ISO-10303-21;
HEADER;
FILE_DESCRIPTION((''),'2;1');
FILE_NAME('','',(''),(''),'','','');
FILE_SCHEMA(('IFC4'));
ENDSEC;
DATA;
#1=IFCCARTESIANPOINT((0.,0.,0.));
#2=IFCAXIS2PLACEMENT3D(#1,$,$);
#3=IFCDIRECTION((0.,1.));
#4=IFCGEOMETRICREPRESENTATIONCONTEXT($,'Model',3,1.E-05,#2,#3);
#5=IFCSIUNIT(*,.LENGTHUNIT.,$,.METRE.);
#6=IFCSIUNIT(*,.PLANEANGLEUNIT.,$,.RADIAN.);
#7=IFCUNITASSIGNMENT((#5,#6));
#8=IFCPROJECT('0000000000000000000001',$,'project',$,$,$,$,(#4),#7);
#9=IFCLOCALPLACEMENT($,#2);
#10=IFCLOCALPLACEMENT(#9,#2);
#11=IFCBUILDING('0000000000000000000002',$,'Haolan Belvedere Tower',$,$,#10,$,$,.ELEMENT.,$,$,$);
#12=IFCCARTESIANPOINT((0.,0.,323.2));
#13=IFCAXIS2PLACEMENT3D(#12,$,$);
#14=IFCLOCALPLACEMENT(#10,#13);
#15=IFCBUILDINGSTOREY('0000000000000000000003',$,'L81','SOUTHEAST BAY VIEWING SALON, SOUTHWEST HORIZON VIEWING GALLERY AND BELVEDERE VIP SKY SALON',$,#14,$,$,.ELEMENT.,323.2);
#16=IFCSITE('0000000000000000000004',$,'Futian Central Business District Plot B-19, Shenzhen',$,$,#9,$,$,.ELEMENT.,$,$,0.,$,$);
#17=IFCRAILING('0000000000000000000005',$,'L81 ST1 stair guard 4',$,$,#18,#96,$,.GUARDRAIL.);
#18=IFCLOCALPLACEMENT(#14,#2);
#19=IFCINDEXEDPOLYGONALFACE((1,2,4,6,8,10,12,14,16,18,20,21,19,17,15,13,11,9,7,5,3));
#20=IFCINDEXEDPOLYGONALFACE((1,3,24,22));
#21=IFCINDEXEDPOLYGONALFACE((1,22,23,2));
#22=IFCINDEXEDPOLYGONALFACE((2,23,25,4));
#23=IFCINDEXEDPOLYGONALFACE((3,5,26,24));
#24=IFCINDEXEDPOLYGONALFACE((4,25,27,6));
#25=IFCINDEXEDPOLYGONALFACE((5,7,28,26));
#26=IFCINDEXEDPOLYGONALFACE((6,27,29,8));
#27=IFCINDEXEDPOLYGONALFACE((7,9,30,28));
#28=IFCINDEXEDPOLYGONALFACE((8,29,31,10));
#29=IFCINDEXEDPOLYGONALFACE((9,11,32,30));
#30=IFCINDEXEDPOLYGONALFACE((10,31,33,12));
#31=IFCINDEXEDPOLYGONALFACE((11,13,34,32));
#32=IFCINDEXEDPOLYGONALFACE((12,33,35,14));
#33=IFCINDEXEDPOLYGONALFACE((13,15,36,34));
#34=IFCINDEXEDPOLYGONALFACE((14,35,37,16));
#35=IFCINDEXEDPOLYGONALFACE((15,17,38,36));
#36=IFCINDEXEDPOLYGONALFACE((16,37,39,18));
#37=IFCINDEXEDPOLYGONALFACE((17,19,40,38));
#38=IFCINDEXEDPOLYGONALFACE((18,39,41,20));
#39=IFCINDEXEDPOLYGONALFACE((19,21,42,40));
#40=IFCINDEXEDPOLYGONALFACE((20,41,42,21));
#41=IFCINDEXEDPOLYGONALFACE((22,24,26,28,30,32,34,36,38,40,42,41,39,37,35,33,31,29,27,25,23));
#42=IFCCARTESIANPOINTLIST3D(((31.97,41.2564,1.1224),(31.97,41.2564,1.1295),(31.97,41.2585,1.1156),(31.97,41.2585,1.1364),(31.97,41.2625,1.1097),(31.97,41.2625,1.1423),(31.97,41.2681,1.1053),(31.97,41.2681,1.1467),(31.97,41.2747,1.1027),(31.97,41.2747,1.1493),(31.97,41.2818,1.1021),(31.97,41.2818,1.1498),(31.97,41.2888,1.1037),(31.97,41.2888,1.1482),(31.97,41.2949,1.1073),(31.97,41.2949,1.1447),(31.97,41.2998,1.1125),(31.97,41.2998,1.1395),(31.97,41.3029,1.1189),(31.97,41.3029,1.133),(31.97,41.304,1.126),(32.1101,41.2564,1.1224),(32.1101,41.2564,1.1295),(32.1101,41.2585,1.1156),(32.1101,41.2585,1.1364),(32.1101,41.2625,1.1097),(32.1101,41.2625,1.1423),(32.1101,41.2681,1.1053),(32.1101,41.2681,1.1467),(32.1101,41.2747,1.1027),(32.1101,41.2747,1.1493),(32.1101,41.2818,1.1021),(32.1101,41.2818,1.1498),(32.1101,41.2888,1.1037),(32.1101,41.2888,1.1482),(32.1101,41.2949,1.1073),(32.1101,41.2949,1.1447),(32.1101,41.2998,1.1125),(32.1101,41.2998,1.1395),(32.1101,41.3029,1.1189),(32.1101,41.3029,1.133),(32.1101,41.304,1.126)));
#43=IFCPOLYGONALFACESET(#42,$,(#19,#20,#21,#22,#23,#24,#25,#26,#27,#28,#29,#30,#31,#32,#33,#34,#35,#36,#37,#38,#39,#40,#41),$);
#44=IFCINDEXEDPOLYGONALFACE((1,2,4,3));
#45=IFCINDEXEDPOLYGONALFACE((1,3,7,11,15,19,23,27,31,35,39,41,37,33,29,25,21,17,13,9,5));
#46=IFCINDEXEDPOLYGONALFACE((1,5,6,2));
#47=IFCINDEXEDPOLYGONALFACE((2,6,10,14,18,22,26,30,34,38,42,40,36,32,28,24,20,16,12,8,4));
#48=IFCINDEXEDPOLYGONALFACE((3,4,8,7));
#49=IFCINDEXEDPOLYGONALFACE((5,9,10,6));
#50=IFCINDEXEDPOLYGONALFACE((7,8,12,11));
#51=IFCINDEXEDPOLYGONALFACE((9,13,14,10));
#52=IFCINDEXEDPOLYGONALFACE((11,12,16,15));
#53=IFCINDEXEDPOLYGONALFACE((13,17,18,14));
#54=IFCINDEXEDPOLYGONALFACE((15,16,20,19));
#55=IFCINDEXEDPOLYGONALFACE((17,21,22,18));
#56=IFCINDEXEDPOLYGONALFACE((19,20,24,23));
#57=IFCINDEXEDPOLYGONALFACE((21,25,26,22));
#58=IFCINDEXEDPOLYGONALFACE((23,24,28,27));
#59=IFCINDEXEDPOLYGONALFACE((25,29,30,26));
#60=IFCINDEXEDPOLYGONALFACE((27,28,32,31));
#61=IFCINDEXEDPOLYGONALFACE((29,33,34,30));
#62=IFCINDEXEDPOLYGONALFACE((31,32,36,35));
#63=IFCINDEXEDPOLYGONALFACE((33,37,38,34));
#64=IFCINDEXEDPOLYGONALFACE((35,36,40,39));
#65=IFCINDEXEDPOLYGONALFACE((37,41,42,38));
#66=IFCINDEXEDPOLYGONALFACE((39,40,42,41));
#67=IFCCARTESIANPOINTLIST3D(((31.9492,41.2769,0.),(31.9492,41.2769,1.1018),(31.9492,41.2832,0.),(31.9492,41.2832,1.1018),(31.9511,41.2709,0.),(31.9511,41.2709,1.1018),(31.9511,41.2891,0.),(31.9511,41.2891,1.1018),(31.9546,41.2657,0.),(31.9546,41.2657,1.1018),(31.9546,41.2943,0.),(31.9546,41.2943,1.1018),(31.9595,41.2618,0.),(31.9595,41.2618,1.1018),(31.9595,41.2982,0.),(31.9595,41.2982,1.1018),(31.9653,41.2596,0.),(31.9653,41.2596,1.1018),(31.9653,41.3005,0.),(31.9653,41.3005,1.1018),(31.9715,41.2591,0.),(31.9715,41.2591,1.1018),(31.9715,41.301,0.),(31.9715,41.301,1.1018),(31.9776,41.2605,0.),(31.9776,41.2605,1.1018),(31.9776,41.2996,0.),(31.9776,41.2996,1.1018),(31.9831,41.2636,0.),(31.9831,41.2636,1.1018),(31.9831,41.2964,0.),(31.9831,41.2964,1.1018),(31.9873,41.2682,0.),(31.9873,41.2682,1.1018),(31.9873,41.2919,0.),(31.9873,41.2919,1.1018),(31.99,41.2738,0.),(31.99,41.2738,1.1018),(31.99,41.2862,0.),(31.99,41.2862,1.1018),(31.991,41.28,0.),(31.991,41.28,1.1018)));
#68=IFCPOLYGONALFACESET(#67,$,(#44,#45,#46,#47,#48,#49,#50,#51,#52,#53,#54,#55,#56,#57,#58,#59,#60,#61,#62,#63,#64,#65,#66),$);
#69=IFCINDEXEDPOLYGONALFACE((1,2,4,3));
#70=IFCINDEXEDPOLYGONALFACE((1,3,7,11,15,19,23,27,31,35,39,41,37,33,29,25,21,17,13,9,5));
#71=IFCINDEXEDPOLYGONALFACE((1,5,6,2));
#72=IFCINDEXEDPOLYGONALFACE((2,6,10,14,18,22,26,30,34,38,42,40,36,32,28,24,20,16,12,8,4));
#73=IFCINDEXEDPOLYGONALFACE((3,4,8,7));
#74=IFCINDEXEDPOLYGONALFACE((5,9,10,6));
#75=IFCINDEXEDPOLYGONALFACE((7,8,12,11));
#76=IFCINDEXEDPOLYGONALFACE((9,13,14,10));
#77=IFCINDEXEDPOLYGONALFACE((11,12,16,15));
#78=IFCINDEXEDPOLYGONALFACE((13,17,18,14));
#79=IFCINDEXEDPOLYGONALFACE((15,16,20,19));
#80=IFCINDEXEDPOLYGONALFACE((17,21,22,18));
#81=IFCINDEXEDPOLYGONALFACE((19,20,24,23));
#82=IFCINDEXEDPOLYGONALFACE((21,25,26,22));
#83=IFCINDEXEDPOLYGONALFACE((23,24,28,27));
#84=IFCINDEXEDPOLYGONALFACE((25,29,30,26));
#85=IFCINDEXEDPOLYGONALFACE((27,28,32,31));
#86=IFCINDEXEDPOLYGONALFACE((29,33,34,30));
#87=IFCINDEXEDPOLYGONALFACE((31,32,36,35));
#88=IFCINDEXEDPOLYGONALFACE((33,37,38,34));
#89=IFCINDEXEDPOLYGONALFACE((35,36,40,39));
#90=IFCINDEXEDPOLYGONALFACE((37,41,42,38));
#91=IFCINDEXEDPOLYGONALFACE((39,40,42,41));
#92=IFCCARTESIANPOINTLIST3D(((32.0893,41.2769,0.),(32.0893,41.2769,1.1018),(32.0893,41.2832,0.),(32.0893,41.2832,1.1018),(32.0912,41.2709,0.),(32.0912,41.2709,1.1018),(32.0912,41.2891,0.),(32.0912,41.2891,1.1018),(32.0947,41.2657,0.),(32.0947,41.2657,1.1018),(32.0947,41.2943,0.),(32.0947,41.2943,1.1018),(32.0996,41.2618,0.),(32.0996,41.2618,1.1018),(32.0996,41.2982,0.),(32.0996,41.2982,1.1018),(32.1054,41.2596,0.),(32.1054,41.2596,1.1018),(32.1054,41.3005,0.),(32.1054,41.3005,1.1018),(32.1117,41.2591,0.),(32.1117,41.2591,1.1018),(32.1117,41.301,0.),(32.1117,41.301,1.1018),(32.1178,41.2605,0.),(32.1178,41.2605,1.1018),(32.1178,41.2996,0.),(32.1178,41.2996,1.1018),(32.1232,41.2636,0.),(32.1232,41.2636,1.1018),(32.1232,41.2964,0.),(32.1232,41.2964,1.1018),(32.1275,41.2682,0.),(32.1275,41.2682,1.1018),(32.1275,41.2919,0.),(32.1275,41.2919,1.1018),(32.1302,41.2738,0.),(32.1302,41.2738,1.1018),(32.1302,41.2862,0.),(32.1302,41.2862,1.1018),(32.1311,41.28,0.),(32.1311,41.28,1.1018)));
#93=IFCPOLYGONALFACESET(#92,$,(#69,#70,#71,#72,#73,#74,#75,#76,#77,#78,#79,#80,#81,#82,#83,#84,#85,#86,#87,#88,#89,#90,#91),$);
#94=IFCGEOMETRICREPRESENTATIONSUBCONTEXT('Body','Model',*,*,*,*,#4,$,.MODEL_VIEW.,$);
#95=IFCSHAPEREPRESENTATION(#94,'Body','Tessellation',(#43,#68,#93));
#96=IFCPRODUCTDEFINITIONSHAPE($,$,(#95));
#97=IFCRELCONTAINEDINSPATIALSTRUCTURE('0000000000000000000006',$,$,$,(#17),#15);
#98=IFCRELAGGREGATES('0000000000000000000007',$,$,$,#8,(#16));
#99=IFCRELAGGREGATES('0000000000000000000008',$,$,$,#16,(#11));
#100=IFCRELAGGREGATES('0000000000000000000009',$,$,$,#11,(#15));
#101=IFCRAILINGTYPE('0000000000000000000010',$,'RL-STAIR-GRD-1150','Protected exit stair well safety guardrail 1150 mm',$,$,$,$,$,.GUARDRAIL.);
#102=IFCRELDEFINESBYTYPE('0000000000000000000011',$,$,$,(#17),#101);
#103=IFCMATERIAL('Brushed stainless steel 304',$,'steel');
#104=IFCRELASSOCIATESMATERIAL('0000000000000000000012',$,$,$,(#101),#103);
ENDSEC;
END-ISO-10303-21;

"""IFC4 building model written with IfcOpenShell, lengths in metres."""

from ifc_helpers import new_model, si_unit, direction, frame, origin, origin_2d, place, context, subcontext, project, spatial, circle, extrude, material, type_object, element, save


model = new_model("IFC4")

# Units and contexts
model_context = context("Model", 3, precision=1e-05, world=origin(), true_north=direction((0.0, 1.0)))
body_context = subcontext(model_context, "Body", "Model", "MODEL_VIEW")
ifc_project = project(units=[si_unit("LENGTHUNIT", "METRE"), si_unit("PLANEANGLEUNIT", "RADIAN")], contexts=[model_context])

# Site, building, storey
site_placement = place(None, origin())
site = spatial("IfcSite", under=ifc_project, at=site_placement, Name="Futian Central Business District Plot B-19, Shenzhen", CompositionType="ELEMENT", RefElevation=0.0)
building_placement = place(site_placement, origin())
building = spatial("IfcBuilding", under=site, at=building_placement, Name="Haolan Belvedere Tower", CompositionType="ELEMENT")
storey_placement = place(building_placement, frame((0.0, 0.0, 323.2)))
storey = spatial("IfcBuildingStorey", under=building, at=storey_placement, Name="L81", Description="SOUTHEAST BAY VIEWING SALON, SOUTHWEST HORIZON VIEWING GALLERY AND BELVEDERE VIP SKY SALON", CompositionType="ELEMENT", Elevation=323.2)

# Railing
ifc_material_1 = material(Name="Brushed stainless steel 304", Category="steel")
railing_type_1 = type_object("IfcRailingType", Name="RL-STAIR-GRD-1150", Description="Protected exit stair well safety guardrail 1150 mm", PredefinedType="GUARDRAIL", material=ifc_material_1)
railing_1_placement = place(storey_placement, frame((31.97, 41.28, 0.0)))
element("IfcRailing", 1, at=railing_1_placement, inside=storey, type_object=railing_type_1, Name="L81 ST1 stair guard 4", PredefinedType="GUARDRAIL", context=body_context, shape_type="SweptSolid", body=[
    extrude(circle(Radius=0.0239, at=origin_2d()), frame((0.0, 0.0, 1.126), z_axis=(1.0, 0.0, 0.0), x_axis=(0.0, 1.0, 0.0)), (0.0, 0.0, 1.0), 0.1401),
    extrude(circle(Radius=0.021, at=origin_2d()), origin(), (0.0, 0.0, 1.0), 1.1018),
    extrude(circle(Radius=0.021, at=origin_2d()), frame((0.1401, 0.0, 0.0)), (0.0, 0.0, 1.0), 1.1018),
])

save(model, "model.ifc")
